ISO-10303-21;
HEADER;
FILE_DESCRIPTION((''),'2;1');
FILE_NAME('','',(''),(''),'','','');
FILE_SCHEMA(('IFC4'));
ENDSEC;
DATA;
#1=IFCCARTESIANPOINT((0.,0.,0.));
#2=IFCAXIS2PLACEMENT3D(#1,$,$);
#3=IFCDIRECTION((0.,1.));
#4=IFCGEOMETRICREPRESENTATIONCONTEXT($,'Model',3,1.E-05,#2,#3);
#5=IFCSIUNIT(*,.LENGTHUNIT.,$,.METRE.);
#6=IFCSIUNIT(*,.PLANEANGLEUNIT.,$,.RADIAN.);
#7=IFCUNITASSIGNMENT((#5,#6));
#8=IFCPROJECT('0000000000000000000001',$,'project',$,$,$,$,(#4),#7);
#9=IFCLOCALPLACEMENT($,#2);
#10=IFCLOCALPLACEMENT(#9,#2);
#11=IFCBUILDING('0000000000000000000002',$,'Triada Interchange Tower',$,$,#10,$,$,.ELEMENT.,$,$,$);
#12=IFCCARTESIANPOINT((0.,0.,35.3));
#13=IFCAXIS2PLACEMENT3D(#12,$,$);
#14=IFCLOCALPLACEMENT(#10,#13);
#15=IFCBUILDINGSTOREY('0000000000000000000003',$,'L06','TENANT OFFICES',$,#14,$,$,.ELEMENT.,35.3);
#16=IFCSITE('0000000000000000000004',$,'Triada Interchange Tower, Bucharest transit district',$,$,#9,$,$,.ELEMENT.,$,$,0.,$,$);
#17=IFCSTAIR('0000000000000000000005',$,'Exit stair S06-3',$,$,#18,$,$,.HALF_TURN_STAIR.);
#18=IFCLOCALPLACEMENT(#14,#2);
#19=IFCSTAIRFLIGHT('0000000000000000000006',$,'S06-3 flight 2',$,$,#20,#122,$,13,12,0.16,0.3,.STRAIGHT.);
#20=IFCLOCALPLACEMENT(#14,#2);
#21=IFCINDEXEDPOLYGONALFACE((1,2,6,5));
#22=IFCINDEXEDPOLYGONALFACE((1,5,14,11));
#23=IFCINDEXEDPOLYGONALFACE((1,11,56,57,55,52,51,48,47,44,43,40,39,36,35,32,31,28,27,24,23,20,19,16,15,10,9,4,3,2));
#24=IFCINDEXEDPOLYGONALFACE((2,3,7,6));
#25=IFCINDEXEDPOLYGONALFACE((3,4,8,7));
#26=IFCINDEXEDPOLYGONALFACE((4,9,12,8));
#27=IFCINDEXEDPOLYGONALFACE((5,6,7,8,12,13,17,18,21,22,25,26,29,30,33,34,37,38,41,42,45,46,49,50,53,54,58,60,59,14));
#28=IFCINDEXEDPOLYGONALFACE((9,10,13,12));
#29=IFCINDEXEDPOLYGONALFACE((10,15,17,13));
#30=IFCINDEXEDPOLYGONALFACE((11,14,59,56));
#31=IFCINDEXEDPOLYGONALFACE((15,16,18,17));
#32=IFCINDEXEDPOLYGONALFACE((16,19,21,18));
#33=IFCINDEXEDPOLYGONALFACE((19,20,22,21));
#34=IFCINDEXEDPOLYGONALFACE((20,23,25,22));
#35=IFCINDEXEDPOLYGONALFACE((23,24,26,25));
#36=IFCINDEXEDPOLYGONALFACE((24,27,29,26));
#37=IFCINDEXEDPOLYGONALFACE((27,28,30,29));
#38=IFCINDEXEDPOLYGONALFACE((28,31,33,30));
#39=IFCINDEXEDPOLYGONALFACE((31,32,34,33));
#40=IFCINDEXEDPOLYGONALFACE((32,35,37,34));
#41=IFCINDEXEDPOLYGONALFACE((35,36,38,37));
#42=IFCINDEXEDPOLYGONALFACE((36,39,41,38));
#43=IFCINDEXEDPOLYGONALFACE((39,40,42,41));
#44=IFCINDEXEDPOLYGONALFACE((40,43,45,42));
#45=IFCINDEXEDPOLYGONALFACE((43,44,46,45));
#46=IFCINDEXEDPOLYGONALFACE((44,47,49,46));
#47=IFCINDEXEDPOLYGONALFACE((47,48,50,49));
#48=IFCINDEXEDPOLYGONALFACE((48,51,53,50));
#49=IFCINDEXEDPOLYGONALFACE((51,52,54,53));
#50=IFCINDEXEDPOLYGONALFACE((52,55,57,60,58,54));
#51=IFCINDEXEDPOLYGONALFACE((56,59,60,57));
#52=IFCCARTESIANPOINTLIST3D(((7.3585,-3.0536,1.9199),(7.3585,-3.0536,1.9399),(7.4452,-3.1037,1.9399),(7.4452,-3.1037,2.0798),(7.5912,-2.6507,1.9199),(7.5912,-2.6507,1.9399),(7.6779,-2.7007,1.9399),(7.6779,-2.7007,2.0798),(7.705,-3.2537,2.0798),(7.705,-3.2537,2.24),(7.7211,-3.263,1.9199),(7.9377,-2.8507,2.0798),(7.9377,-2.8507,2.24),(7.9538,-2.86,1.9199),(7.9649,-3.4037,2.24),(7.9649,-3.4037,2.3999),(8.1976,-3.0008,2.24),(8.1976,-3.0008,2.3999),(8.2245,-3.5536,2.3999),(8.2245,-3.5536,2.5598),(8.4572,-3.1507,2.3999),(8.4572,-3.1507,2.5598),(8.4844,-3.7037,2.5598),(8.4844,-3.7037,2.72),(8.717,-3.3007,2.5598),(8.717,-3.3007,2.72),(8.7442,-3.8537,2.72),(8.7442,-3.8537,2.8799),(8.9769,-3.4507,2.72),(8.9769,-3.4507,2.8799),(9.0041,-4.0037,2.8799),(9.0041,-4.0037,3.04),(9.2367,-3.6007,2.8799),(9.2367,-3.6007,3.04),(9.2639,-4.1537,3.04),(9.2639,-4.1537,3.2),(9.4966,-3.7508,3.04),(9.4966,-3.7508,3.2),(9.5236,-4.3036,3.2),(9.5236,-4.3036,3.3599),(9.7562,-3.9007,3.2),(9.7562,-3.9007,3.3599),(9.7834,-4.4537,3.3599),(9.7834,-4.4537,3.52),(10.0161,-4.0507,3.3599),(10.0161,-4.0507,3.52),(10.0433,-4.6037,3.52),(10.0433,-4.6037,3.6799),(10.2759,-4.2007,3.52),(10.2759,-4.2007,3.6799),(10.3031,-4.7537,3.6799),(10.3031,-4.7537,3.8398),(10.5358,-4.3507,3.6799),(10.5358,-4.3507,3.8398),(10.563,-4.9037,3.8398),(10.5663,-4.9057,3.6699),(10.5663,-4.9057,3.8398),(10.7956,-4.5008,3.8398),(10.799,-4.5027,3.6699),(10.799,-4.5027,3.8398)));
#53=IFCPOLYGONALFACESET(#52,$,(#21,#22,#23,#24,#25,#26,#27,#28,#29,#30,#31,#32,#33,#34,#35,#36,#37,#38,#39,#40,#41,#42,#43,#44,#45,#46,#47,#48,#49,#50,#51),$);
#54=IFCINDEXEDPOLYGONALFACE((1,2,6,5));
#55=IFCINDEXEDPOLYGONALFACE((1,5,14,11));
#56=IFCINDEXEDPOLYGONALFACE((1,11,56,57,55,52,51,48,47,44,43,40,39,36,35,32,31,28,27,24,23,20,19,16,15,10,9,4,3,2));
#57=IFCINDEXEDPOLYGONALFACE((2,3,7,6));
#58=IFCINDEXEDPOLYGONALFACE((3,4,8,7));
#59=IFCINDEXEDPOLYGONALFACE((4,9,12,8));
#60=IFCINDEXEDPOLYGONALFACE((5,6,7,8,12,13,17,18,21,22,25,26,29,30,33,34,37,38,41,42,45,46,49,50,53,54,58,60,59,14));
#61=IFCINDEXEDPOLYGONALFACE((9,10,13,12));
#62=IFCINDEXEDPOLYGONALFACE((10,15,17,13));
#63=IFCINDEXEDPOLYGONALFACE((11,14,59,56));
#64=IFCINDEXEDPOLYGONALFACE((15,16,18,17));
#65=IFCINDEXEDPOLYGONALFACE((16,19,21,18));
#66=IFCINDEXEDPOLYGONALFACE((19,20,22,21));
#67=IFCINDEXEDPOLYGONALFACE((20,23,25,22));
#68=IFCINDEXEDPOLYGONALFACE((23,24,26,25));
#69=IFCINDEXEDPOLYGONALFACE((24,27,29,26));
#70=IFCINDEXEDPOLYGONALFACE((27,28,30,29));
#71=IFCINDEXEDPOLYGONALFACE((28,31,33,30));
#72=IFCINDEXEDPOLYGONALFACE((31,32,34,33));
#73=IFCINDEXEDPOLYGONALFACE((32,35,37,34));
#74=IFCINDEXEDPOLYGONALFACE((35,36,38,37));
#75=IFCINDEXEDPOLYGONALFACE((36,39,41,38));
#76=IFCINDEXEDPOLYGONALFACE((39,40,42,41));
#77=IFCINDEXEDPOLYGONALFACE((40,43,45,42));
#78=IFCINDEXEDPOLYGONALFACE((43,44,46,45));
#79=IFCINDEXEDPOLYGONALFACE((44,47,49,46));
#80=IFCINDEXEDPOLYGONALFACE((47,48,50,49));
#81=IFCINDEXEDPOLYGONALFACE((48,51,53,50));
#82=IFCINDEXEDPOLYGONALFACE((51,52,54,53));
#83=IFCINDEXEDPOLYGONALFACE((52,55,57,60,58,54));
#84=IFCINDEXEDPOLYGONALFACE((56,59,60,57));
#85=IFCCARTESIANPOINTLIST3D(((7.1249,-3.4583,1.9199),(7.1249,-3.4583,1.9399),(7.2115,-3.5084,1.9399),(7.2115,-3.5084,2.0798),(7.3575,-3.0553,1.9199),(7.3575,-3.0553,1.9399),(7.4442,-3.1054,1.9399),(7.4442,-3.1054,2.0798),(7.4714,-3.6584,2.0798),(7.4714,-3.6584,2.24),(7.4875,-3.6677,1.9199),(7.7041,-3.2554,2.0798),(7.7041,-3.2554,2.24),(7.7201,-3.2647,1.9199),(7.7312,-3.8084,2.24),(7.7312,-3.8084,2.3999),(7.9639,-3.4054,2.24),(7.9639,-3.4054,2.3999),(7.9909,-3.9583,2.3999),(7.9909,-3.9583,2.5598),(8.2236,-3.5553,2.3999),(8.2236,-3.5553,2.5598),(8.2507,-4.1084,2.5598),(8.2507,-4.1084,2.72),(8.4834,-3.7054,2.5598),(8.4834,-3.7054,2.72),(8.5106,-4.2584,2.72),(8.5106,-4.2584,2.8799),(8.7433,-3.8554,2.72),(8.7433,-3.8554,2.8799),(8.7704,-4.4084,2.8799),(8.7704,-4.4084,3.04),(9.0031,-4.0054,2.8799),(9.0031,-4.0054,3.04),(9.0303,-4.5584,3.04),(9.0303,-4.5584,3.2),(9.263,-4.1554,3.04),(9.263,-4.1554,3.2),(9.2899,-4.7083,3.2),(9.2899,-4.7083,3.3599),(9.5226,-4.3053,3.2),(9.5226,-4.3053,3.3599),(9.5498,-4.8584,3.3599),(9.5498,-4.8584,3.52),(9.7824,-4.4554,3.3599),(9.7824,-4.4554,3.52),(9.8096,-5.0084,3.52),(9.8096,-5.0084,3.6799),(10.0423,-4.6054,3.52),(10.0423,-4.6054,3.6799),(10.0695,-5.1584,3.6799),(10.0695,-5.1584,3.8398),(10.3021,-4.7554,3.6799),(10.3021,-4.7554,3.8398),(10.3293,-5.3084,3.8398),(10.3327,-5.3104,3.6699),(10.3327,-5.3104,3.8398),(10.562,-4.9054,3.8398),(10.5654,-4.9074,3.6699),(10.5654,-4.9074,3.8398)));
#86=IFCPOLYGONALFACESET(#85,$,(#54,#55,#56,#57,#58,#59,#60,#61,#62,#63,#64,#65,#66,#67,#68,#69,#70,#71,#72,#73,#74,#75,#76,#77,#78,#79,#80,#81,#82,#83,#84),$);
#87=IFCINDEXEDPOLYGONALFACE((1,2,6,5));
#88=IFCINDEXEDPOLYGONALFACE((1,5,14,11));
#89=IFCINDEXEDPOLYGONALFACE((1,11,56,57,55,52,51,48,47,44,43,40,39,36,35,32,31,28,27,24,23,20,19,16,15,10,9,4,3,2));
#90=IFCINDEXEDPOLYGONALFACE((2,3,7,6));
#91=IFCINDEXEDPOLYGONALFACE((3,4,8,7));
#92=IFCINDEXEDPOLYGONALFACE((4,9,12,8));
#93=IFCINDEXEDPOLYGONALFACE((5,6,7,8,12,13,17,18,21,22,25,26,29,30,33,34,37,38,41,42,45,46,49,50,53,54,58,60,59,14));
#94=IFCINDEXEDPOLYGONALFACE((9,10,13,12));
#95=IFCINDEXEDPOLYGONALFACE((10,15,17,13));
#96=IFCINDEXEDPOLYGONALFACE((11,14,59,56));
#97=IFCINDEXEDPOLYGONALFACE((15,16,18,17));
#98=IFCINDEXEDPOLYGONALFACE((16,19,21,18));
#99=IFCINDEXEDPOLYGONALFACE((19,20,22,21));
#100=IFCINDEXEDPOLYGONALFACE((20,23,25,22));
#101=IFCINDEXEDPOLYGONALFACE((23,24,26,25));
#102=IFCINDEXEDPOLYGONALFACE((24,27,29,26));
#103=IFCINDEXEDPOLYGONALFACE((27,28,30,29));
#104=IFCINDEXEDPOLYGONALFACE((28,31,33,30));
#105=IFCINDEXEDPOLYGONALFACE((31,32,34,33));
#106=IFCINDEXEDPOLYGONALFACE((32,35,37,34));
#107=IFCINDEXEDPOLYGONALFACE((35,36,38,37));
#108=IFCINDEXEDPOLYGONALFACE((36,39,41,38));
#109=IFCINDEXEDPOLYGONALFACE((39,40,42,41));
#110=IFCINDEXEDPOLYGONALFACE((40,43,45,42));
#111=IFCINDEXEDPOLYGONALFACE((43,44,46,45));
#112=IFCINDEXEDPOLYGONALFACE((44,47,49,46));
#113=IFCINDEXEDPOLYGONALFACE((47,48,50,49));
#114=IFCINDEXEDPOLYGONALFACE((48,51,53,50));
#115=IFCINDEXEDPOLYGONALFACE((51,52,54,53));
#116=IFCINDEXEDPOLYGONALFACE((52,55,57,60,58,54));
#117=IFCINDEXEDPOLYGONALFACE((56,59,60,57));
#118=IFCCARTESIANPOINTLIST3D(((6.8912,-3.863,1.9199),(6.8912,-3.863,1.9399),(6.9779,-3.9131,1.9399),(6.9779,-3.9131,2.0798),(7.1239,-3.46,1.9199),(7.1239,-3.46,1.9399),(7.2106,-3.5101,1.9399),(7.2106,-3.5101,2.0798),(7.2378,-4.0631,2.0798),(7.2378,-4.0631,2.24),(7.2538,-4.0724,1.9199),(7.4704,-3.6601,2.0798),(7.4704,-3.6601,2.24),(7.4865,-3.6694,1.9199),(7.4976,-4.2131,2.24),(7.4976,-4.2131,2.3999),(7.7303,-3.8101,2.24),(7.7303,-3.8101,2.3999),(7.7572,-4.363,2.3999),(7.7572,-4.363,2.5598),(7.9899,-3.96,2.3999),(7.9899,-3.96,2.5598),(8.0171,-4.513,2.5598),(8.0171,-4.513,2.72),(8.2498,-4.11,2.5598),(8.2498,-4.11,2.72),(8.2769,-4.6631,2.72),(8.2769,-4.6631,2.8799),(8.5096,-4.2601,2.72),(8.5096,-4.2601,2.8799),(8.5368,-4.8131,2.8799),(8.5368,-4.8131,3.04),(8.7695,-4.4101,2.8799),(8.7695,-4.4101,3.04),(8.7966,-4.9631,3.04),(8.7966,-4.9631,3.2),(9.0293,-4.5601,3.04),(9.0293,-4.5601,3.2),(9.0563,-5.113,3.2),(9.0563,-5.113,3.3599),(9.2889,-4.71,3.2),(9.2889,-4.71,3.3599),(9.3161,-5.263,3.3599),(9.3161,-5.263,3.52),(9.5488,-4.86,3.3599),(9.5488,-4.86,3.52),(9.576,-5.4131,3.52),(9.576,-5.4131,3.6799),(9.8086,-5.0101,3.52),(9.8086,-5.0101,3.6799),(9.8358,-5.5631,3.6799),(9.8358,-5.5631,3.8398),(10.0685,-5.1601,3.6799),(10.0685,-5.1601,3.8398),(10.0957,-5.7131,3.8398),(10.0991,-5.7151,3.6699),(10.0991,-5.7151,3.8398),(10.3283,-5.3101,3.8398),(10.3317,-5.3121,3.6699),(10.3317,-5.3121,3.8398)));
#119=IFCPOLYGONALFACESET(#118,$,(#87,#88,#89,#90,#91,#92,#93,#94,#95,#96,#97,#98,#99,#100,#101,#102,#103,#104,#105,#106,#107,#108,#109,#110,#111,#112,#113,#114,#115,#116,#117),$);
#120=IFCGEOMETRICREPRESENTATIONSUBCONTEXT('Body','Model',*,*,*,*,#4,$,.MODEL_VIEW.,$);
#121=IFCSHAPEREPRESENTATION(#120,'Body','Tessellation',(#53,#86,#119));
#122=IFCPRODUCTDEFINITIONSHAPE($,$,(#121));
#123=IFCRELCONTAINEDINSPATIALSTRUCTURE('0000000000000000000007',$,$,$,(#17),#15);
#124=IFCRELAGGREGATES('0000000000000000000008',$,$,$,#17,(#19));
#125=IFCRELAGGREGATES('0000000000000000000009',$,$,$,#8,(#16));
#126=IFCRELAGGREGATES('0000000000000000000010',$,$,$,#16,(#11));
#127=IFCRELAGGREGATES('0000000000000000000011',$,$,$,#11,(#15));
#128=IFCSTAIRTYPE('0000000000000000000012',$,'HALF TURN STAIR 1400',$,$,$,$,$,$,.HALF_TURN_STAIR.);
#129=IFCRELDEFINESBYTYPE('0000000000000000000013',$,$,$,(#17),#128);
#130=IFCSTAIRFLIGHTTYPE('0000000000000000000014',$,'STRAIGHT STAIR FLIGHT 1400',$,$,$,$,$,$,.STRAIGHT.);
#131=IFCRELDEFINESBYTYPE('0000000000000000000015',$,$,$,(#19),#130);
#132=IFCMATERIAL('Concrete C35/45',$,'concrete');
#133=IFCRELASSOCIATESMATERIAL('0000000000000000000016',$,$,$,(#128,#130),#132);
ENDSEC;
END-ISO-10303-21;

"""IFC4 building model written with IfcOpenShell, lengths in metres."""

from ifc_helpers import new_model, si_unit, direction, frame, origin, place, context, subcontext, project, spatial, polyline, outline, extrude, material, type_object, element, aggregate, save


model = new_model("IFC4")

# Units and contexts
model_context = context("Model", 3, precision=1e-05, world=origin(), true_north=direction((0.0, 1.0)))
body_context = subcontext(model_context, "Body", "Model", "MODEL_VIEW")
ifc_project = project(units=[si_unit("LENGTHUNIT", "METRE"), si_unit("PLANEANGLEUNIT", "RADIAN")], contexts=[model_context])

# Site, building, storey
site_placement = place(None, origin())
site = spatial("IfcSite", under=ifc_project, at=site_placement, Name="Triada Interchange Tower, Bucharest transit district", CompositionType="ELEMENT", RefElevation=0.0)
building_placement = place(site_placement, origin())
building = spatial("IfcBuilding", under=site, at=building_placement, Name="Triada Interchange Tower", CompositionType="ELEMENT")
storey_placement = place(building_placement, frame((0.0, 0.0, 35.3)))
storey = spatial("IfcBuildingStorey", under=building, at=storey_placement, Name="L06", Description="TENANT OFFICES", CompositionType="ELEMENT", Elevation=35.3)

# Stair, stair flight
ifc_material_1 = material(Name="Concrete C35/45", Category="concrete")
stair_type = type_object("IfcStairType", Name="HALF TURN STAIR 1400", PredefinedType="HALF_TURN_STAIR", material=ifc_material_1)
stair_placement = place(storey_placement, origin())
stair = element("IfcStair", 1, at=stair_placement, inside=storey, type_object=stair_type, Name="Exit stair S06-3", PredefinedType="HALF_TURN_STAIR")
stair_flight_type = type_object("IfcStairFlightType", Name="STRAIGHT STAIR FLIGHT 1400", PredefinedType="STRAIGHT", material=ifc_material_1)
stair_flight_1_placement = place(storey_placement, frame((7.3279, -3.3069, 1.9199), z_axis=(0.0, 0.0, 1.0), x_axis=(0.866025, -0.5, 0.0)))
stair_flight_1 = element("IfcStairFlight", 2, at=stair_flight_1_placement, type_object=stair_flight_type, Name="S06-3 flight 2", NumberOfRisers=13, NumberOfTreads=12, PredefinedType="STRAIGHT", RiserHeight=0.16, TreadLength=0.3, context=body_context, shape_type="SweptSolid", body=[
    extrude(outline(polyline([(-0.1001, 0.0), (-0.1001, 0.02), (0.0, 0.02), (0.0, 0.1599), (0.3, 0.1599), (0.3, 0.3201), (0.6001, 0.3201), (0.6001, 0.48), (0.8999, 0.48), (0.8999, 0.6399), (1.2, 0.6399), (1.2, 0.8), (1.5, 0.8), (1.5, 0.96), (1.8, 0.96), (1.8, 1.1201), (2.1001, 1.1201), (2.1001, 1.28), (2.3999, 1.28), (2.3999, 1.4399), (2.7, 1.4399), (2.7, 1.6001), (3.0, 1.6001), (3.0, 1.76), (3.3, 1.76), (3.3, 1.9199), (3.6001, 1.9199), (3.604, 1.9199), (3.604, 2.0801), (3.604, 1.75), (0.3186, 0.0), (-0.1001, 0.0)])), frame((0.0, 0.7, 0.0), z_axis=(0.0, -1.0, 0.0), x_axis=(1.0, 0.0, 0.0)), (0.0, 0.0, 1.0), 0.4653),
    extrude(outline(polyline([(-0.1001, 0.0), (-0.1001, 0.02), (0.0, 0.02), (0.0, 0.1599), (0.3, 0.1599), (0.3, 0.3201), (0.6001, 0.3201), (0.6001, 0.48), (0.8999, 0.48), (0.8999, 0.6399), (1.2, 0.6399), (1.2, 0.8), (1.5, 0.8), (1.5, 0.96), (1.8, 0.96), (1.8, 1.1201), (2.1001, 1.1201), (2.1001, 1.28), (2.3999, 1.28), (2.3999, 1.4399), (2.7, 1.4399), (2.7, 1.6001), (3.0, 1.6001), (3.0, 1.76), (3.3, 1.76), (3.3, 1.9199), (3.6001, 1.9199), (3.604, 1.9199), (3.604, 2.0801), (3.604, 1.75), (0.3186, 0.0), (-0.1001, 0.0)])), frame((0.0, 0.2327, 0.0), z_axis=(0.0, -1.0, 0.0), x_axis=(1.0, 0.0, 0.0)), (0.0, 0.0, 1.0), 0.4653),
    extrude(outline(polyline([(-0.1001, 0.0), (-0.1001, 0.02), (0.0, 0.02), (0.0, 0.1599), (0.3, 0.1599), (0.3, 0.3201), (0.6001, 0.3201), (0.6001, 0.48), (0.8999, 0.48), (0.8999, 0.6399), (1.2, 0.6399), (1.2, 0.8), (1.5, 0.8), (1.5, 0.96), (1.8, 0.96), (1.8, 1.1201), (2.1001, 1.1201), (2.1001, 1.28), (2.3999, 1.28), (2.3999, 1.4399), (2.7, 1.4399), (2.7, 1.6001), (3.0, 1.6001), (3.0, 1.76), (3.3, 1.76), (3.3, 1.9199), (3.6001, 1.9199), (3.604, 1.9199), (3.604, 2.0801), (3.604, 1.75), (0.3186, 0.0), (-0.1001, 0.0)])), frame((0.0, -0.2346, 0.0), z_axis=(0.0, -1.0, 0.0), x_axis=(1.0, 0.0, 0.0)), (0.0, 0.0, 1.0), 0.4653),
])
aggregate(stair, [stair_flight_1])

save(model, "model.ifc")
